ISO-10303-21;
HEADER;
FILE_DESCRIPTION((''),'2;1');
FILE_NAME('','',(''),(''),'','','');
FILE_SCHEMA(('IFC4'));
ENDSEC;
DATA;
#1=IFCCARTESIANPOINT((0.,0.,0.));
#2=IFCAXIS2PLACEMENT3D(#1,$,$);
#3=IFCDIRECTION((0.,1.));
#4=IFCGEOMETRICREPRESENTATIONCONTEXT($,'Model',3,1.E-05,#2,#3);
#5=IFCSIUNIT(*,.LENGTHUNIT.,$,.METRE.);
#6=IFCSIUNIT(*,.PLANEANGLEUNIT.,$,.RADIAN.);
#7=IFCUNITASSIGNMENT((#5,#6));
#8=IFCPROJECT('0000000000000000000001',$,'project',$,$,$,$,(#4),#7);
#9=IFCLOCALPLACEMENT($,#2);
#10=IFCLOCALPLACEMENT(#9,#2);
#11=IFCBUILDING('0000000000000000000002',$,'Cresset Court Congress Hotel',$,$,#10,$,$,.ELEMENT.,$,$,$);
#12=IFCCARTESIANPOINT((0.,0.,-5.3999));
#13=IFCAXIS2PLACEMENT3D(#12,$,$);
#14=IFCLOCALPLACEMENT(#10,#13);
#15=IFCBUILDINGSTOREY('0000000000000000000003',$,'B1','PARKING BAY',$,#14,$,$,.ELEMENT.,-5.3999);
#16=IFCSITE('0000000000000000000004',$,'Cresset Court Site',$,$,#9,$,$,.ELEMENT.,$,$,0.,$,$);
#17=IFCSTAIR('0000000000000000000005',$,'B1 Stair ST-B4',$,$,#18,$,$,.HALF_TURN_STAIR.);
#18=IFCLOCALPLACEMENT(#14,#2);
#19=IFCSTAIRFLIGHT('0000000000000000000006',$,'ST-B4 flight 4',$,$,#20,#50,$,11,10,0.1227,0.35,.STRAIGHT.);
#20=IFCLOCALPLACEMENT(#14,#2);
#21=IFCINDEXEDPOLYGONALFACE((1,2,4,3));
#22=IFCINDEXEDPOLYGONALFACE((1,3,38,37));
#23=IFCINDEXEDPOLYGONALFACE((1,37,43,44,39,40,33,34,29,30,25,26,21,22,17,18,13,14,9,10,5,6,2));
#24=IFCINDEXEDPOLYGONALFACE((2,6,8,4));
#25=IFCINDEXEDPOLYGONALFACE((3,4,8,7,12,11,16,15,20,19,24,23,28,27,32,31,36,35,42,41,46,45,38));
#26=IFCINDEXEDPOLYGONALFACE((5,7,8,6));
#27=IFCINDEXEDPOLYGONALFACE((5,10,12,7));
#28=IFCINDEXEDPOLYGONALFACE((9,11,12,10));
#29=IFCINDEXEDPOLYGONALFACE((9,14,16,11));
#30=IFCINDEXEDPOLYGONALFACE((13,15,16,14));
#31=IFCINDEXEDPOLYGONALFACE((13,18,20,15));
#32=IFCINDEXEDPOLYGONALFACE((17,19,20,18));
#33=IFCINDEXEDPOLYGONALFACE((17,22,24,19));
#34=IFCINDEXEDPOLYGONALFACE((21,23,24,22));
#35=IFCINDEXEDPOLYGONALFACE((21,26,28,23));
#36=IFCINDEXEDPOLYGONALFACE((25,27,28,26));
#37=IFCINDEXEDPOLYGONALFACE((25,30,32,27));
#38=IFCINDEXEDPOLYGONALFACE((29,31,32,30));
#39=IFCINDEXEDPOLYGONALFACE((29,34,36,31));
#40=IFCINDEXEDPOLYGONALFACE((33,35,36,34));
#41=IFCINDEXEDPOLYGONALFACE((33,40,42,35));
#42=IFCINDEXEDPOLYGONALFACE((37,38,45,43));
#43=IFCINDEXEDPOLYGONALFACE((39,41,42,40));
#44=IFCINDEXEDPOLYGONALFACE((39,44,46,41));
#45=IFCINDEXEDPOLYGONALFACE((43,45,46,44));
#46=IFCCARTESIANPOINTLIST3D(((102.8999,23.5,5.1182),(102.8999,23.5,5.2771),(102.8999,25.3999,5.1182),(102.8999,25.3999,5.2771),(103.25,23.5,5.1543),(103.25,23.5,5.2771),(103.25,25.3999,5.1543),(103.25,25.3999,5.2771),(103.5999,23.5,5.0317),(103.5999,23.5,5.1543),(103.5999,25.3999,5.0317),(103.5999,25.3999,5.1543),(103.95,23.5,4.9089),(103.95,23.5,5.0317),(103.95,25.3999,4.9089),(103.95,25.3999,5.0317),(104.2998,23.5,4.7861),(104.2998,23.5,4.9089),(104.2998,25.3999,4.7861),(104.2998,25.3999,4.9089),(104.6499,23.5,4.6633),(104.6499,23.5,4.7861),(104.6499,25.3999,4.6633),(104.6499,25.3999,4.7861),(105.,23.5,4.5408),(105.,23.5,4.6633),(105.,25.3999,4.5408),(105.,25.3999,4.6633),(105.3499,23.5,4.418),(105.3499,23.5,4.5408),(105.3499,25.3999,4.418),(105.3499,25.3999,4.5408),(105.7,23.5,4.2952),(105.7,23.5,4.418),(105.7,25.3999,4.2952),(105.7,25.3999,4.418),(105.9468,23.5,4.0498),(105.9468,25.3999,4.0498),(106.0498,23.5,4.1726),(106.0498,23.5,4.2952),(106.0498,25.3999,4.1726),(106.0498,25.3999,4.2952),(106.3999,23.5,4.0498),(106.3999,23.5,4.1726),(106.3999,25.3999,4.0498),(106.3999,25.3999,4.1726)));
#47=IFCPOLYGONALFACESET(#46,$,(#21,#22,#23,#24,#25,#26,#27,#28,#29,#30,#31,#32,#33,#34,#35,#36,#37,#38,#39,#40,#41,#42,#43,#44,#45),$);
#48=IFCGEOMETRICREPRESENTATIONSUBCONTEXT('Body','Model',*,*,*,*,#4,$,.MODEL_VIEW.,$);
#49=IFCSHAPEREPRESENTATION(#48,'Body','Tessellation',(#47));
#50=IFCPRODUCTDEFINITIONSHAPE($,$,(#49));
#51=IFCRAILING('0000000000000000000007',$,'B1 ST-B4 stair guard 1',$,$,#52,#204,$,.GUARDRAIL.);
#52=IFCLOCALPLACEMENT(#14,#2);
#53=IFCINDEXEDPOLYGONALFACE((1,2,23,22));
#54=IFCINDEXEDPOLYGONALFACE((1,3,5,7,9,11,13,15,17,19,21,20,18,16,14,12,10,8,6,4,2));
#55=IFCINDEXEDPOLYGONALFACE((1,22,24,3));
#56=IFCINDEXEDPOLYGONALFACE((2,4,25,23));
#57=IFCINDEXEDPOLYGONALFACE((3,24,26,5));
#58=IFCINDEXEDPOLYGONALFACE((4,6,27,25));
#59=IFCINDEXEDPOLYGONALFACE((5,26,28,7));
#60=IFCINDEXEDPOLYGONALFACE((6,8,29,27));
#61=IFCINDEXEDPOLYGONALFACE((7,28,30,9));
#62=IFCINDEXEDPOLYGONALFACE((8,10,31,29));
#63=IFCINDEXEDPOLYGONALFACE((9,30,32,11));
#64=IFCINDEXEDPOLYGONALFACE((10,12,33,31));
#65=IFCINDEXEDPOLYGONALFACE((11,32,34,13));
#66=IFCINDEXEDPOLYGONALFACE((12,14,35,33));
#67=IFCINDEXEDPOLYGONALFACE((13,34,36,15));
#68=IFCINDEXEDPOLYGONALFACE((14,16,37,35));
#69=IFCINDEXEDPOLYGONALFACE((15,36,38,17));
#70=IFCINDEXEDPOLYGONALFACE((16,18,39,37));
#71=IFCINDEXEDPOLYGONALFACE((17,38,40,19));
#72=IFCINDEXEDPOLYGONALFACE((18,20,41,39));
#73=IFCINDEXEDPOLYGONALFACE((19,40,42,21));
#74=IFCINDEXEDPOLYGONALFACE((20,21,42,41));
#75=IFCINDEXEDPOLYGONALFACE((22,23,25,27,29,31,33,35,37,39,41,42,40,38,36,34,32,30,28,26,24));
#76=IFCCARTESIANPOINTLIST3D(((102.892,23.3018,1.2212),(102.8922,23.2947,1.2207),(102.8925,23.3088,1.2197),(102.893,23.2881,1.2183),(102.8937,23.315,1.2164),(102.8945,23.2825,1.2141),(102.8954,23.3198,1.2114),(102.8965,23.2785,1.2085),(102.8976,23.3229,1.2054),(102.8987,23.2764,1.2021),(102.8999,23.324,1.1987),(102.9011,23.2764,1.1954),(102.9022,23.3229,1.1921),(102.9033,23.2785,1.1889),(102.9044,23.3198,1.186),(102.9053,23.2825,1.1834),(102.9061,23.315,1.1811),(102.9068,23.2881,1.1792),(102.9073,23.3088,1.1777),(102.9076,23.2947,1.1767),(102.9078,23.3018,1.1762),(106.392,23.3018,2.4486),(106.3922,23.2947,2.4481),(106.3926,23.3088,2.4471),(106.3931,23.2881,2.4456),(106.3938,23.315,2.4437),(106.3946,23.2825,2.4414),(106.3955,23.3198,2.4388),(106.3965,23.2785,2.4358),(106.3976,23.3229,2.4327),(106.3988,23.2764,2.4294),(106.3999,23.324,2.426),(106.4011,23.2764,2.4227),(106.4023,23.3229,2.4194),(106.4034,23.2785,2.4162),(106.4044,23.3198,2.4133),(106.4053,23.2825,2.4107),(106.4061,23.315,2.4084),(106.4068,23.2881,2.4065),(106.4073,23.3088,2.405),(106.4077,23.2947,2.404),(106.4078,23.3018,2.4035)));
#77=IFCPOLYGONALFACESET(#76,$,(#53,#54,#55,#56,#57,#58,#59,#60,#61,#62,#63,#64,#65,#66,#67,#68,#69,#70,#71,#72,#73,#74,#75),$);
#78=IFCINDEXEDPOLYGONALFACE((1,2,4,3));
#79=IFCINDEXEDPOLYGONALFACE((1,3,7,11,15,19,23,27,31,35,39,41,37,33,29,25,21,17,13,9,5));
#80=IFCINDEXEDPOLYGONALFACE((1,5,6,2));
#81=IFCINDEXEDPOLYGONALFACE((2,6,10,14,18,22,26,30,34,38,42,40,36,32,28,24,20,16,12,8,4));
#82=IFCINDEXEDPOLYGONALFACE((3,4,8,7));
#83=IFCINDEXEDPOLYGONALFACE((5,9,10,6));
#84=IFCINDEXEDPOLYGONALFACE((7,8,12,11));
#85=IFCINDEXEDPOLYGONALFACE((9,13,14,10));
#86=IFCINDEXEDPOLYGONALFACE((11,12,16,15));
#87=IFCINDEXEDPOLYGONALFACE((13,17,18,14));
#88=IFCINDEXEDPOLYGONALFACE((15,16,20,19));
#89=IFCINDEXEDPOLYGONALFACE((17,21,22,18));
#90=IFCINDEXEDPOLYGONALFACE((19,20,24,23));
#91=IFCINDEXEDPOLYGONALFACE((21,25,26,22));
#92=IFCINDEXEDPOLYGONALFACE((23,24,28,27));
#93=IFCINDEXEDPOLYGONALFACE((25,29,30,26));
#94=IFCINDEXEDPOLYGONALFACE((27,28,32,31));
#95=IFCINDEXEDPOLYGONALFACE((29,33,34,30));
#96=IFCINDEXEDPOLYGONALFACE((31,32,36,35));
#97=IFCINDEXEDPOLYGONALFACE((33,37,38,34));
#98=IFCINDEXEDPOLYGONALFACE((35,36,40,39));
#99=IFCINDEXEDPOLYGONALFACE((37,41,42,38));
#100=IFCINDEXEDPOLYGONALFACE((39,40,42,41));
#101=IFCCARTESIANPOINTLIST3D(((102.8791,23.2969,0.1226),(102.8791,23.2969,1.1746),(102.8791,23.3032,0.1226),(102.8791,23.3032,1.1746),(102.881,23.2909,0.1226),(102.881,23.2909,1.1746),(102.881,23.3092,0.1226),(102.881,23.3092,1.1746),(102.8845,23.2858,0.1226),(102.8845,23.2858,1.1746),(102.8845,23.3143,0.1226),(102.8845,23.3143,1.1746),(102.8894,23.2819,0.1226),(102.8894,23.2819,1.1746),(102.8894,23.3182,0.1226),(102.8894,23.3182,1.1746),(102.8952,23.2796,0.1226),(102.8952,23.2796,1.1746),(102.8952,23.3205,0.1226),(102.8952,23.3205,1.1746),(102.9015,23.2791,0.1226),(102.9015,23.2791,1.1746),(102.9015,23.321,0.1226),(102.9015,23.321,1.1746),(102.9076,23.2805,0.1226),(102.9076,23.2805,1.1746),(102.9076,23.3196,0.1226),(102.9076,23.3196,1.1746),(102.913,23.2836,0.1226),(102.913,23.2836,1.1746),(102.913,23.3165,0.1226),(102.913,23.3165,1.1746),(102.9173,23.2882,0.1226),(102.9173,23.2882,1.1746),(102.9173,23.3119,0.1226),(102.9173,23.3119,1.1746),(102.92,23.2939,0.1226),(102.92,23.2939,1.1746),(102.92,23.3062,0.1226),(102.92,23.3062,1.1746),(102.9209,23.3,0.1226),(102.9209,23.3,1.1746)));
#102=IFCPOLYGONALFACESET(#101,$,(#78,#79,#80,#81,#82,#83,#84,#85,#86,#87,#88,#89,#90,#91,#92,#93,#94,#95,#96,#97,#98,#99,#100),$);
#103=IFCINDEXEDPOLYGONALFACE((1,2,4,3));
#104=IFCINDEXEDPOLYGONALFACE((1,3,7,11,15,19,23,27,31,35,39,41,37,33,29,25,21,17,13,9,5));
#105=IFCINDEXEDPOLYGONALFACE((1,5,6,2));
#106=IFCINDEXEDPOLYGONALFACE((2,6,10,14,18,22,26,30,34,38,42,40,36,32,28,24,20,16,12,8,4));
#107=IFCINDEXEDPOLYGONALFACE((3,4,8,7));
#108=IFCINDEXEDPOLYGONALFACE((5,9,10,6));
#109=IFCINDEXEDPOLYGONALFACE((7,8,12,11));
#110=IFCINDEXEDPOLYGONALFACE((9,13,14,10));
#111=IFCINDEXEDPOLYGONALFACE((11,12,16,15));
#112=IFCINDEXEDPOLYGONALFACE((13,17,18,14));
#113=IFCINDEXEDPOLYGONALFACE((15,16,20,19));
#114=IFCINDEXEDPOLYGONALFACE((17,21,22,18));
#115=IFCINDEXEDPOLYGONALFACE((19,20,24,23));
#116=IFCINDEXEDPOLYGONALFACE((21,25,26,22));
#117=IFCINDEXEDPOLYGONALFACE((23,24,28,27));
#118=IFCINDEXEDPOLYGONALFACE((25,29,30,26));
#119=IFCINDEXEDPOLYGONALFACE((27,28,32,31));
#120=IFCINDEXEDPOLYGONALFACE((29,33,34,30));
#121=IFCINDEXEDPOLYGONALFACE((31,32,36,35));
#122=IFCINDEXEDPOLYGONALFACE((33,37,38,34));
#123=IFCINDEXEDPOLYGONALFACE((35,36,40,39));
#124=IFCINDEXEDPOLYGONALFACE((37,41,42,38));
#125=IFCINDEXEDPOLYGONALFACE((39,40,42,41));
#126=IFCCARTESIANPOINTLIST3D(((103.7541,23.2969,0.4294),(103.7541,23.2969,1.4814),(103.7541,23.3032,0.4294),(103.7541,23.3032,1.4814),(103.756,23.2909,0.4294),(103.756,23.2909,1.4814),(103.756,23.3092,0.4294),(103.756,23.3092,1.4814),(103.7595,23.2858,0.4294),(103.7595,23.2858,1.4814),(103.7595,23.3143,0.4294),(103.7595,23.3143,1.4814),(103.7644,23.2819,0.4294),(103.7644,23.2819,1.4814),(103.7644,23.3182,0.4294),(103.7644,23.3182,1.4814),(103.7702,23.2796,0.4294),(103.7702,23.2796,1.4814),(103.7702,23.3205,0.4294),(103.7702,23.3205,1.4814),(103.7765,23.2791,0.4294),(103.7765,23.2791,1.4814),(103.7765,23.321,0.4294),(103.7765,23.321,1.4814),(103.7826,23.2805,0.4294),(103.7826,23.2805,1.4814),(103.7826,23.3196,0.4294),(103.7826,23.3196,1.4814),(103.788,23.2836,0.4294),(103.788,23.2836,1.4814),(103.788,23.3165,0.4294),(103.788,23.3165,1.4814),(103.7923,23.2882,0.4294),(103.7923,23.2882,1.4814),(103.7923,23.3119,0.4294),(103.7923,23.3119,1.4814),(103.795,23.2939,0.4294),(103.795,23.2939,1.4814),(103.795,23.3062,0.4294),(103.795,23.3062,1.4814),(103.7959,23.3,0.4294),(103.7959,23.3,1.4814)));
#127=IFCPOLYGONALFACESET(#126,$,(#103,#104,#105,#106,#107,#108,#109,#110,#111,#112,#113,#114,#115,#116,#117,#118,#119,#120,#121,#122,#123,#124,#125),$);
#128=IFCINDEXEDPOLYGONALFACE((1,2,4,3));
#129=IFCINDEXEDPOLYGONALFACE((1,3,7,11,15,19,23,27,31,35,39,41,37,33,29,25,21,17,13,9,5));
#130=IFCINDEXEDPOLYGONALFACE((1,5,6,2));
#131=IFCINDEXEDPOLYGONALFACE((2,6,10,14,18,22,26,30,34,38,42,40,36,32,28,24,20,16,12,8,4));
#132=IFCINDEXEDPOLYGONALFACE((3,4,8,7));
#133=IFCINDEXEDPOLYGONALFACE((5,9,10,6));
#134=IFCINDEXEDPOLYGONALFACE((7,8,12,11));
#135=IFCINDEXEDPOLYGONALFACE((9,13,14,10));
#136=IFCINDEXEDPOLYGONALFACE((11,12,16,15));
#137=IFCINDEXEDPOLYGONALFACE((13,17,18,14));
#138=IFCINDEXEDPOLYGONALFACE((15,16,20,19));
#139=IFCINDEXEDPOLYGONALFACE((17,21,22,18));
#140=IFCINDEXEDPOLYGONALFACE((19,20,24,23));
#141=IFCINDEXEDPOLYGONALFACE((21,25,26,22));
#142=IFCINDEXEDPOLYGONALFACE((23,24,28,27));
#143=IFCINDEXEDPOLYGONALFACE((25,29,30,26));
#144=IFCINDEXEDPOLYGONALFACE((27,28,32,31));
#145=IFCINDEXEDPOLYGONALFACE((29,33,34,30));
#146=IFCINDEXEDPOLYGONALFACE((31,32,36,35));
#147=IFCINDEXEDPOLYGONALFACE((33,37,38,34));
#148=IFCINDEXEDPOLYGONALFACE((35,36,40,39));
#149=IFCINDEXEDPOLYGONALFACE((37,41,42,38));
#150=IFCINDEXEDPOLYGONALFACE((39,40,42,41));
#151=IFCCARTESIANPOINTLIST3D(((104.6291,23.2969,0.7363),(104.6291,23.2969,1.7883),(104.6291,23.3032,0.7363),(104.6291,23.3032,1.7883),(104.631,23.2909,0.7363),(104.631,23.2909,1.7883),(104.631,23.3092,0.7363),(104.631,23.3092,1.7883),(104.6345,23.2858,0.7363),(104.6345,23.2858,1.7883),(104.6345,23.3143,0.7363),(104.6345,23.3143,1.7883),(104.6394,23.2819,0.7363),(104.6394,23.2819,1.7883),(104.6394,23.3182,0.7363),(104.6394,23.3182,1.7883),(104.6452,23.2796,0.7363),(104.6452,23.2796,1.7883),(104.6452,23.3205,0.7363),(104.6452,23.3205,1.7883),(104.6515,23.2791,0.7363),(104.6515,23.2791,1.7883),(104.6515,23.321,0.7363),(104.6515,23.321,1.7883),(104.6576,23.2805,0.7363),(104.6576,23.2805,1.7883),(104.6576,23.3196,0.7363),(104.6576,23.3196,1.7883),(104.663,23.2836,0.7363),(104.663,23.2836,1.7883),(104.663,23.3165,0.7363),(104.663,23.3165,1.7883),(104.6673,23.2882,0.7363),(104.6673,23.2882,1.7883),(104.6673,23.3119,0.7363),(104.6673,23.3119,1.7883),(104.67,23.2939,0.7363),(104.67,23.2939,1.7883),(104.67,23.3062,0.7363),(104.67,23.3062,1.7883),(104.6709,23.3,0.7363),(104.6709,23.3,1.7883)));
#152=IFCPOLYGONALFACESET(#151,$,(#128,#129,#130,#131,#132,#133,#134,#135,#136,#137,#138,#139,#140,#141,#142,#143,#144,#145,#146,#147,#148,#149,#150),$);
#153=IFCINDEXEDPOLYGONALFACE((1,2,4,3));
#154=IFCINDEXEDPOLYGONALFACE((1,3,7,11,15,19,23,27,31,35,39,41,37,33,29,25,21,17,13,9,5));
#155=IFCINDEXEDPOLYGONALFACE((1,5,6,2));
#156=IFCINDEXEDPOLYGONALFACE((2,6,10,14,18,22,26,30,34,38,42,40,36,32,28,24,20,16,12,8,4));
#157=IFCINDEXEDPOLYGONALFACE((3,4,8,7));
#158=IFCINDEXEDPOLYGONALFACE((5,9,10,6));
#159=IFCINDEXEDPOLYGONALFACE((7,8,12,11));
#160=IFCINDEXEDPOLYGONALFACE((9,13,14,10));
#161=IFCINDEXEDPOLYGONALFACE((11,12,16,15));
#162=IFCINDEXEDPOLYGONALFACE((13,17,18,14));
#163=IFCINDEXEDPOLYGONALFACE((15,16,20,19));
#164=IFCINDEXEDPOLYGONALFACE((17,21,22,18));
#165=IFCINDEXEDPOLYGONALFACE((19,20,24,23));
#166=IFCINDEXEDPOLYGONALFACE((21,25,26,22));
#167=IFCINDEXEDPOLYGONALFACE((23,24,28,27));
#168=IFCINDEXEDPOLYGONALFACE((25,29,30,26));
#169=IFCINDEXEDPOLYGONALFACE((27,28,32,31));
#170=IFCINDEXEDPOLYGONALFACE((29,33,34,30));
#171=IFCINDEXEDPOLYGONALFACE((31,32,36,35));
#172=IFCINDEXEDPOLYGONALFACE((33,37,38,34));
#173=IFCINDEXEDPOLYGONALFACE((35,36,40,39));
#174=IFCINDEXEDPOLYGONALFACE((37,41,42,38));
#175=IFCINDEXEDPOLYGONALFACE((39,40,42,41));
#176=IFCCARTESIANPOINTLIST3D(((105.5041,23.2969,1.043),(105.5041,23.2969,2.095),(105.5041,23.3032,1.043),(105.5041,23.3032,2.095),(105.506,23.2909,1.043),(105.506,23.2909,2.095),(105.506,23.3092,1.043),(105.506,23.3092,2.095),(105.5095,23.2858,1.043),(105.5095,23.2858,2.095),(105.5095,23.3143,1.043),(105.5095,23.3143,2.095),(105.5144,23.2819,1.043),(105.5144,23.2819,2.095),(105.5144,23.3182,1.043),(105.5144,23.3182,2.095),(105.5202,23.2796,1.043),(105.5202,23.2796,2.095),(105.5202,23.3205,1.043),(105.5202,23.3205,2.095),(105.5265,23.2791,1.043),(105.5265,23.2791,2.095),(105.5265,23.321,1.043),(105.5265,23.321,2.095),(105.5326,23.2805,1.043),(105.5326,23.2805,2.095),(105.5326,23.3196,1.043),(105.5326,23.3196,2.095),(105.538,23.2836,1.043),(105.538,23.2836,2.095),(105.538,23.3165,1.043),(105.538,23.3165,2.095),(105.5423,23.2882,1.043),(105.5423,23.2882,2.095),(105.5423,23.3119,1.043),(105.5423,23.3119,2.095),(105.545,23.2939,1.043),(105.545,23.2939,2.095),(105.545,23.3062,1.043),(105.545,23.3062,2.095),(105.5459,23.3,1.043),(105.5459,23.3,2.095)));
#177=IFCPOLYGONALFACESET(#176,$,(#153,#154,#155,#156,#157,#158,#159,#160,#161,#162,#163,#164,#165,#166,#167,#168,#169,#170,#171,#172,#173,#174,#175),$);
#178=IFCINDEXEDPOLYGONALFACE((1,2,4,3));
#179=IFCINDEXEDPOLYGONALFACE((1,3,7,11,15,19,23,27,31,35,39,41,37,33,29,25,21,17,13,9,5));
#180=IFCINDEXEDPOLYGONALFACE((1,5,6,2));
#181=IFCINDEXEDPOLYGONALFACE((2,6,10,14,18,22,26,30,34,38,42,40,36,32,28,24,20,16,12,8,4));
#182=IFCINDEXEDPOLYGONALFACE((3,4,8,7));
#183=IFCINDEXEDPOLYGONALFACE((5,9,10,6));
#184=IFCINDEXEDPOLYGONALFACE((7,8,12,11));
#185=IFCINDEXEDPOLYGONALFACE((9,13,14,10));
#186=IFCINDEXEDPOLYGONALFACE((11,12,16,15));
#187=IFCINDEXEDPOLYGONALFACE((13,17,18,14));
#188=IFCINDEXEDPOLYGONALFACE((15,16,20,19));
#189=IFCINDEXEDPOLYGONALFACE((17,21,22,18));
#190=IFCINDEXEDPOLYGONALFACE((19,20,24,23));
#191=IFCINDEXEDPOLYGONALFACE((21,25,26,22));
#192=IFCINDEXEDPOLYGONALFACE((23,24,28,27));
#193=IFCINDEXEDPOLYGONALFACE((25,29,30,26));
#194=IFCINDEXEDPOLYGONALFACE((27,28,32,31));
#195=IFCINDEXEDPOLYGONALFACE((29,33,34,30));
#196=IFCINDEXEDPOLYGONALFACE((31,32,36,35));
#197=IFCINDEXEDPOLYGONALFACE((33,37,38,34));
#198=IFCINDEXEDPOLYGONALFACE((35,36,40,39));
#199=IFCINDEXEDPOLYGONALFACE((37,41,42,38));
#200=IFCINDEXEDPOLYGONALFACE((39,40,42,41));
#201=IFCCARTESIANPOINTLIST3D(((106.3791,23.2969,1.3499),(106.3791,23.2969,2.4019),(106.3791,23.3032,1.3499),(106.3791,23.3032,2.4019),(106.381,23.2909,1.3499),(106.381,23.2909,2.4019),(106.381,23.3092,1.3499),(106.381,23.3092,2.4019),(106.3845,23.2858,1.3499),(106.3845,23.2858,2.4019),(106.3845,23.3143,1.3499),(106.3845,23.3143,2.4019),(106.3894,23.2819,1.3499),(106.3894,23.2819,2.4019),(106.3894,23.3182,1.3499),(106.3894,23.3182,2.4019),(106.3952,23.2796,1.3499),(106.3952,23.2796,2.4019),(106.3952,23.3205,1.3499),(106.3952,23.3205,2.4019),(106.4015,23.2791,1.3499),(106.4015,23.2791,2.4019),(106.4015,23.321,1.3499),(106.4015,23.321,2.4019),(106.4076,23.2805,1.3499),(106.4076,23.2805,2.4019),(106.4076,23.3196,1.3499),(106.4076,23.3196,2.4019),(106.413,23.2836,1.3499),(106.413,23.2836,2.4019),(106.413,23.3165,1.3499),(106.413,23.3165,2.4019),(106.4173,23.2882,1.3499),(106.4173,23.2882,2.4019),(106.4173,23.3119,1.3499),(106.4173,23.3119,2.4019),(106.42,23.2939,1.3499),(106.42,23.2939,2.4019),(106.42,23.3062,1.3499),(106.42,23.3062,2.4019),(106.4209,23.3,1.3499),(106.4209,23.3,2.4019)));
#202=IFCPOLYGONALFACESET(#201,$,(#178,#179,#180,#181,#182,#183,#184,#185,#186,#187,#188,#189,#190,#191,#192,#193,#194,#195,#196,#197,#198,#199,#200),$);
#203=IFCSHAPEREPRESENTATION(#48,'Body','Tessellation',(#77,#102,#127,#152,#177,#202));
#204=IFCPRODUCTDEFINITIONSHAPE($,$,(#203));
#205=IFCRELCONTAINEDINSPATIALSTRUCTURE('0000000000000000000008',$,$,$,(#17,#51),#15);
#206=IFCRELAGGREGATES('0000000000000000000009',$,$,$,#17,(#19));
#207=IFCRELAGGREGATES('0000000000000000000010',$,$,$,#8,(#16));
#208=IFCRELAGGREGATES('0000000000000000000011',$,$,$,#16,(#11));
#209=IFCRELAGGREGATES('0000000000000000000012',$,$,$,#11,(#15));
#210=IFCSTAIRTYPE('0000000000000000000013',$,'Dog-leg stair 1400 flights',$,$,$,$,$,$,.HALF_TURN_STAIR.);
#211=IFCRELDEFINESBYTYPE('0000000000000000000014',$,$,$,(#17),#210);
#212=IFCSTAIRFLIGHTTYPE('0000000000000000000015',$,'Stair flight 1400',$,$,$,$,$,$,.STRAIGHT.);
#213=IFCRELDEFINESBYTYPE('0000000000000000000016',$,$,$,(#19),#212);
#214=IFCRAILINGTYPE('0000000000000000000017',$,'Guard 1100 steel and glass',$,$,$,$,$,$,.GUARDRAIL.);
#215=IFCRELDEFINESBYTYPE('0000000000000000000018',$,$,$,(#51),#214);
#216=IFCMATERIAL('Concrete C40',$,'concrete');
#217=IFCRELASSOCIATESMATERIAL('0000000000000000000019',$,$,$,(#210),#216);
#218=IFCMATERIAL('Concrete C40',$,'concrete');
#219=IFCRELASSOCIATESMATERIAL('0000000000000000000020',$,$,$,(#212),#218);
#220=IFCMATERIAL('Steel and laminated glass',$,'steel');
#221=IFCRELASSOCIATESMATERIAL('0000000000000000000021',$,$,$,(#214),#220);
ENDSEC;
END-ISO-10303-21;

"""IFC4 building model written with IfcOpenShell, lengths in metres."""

from ifc_helpers import new_model, si_unit, direction, frame, origin, origin_2d, place, context, subcontext, project, spatial, polyline, circle, outline, extrude, material, type_object, element, aggregate, save


model = new_model("IFC4")

# Units and contexts
model_context = context("Model", 3, precision=1e-05, world=origin(), true_north=direction((0.0, 1.0)))
body_context = subcontext(model_context, "Body", "Model", "MODEL_VIEW")
ifc_project = project(units=[si_unit("LENGTHUNIT", "METRE"), si_unit("PLANEANGLEUNIT", "RADIAN")], contexts=[model_context])

# Site, building, storey
site_placement = place(None, origin())
site = spatial("IfcSite", under=ifc_project, at=site_placement, Name="Cresset Court Site", CompositionType="ELEMENT", RefElevation=0.0)
building_placement = place(site_placement, origin())
building = spatial("IfcBuilding", under=site, at=building_placement, Name="Cresset Court Congress Hotel", CompositionType="ELEMENT")
storey_placement = place(building_placement, frame((0.0, 0.0, -5.3999)))
storey = spatial("IfcBuildingStorey", under=building, at=storey_placement, Name="B1", Description="PARKING BAY", CompositionType="ELEMENT", Elevation=-5.3999)

# Stair, stair flight
ifc_material_1 = material(Name="Concrete C40", Category="concrete")
stair_type = type_object("IfcStairType", Name="Dog-leg stair 1400 flights", PredefinedType="HALF_TURN_STAIR", material=ifc_material_1)
stair_placement = place(storey_placement, origin())
stair = element("IfcStair", 1, at=stair_placement, inside=storey, type_object=stair_type, Name="B1 Stair ST-B4", PredefinedType="HALF_TURN_STAIR")
ifc_material_2 = material(Name="Concrete C40", Category="concrete")
stair_flight_type = type_object("IfcStairFlightType", Name="Stair flight 1400", PredefinedType="STRAIGHT", material=ifc_material_2)
stair_flight_1_placement = place(storey_placement, frame((106.3999, 24.45, 4.0498), z_axis=(0.0, 0.0, 1.0), x_axis=(-1.0, 0.0, 0.0)))
stair_flight_1 = element("IfcStairFlight", 2, at=stair_flight_1_placement, type_object=stair_flight_type, Name="ST-B4 flight 4", NumberOfRisers=11, NumberOfTreads=10, PredefinedType="STRAIGHT", RiserHeight=0.1227, TreadLength=0.35, context=body_context, shape_type="SweptSolid", body=[
    extrude(outline(polyline([(0.0, 0.0), (0.0, 0.1228), (0.3501, 0.1228), (0.3501, 0.2454), (0.7, 0.2454), (0.7, 0.3682), (1.05, 0.3682), (1.05, 0.491), (1.3999, 0.491), (1.3999, 0.6135), (1.75, 0.6135), (1.75, 0.7363), (2.1001, 0.7363), (2.1001, 0.8591), (2.45, 0.8591), (2.45, 0.9819), (2.8, 0.9819), (2.8, 1.1045), (3.1499, 1.1045), (3.1499, 1.2273), (3.5, 1.2273), (3.5, 1.3501), (3.5, 1.0684), (0.4531, 0.0), (0.0, 0.0)])), frame((0.0, 0.95, 0.0), z_axis=(0.0, -1.0, 0.0), x_axis=(1.0, 0.0, 0.0)), (0.0, 0.0, 1.0), 1.8999),
])
aggregate(stair, [stair_flight_1])

# Railing
ifc_material_3 = material(Name="Steel and laminated glass", Category="steel")
railing_type_1 = type_object("IfcRailingType", Name="Guard 1100 steel and glass", PredefinedType="GUARDRAIL", material=ifc_material_3)
railing_1_placement = place(storey_placement, frame((102.8999, 23.3, 0.1226)))
element("IfcRailing", 3, at=railing_1_placement, inside=storey, type_object=railing_type_1, Name="B1 ST-B4 stair guard 1", PredefinedType="GUARDRAIL", context=body_context, shape_type="SweptSolid", body=[
    extrude(circle(Radius=0.0239, at=origin_2d()), frame((0.0, 0.0, 1.0762), z_axis=(0.943665, 0.0, 0.330902), x_axis=(0.0, 1.0, 0.0)), (0.0, 0.0, 1.0), 3.709),
    extrude(circle(Radius=0.021, at=origin_2d()), origin(), (0.0, 0.0, 1.0), 1.052),
    extrude(circle(Radius=0.021, at=origin_2d()), frame((0.875, 0.0, 0.3069)), (0.0, 0.0, 1.0), 1.052),
    extrude(circle(Radius=0.021, at=origin_2d()), frame((1.75, 0.0, 0.6138)), (0.0, 0.0, 1.0), 1.052),
    extrude(circle(Radius=0.021, at=origin_2d()), frame((2.625, 0.0, 0.9204)), (0.0, 0.0, 1.0), 1.052),
    extrude(circle(Radius=0.021, at=origin_2d()), frame((3.5, 0.0, 1.2273)), (0.0, 0.0, 1.0), 1.052),
])

save(model, "model.ifc")
